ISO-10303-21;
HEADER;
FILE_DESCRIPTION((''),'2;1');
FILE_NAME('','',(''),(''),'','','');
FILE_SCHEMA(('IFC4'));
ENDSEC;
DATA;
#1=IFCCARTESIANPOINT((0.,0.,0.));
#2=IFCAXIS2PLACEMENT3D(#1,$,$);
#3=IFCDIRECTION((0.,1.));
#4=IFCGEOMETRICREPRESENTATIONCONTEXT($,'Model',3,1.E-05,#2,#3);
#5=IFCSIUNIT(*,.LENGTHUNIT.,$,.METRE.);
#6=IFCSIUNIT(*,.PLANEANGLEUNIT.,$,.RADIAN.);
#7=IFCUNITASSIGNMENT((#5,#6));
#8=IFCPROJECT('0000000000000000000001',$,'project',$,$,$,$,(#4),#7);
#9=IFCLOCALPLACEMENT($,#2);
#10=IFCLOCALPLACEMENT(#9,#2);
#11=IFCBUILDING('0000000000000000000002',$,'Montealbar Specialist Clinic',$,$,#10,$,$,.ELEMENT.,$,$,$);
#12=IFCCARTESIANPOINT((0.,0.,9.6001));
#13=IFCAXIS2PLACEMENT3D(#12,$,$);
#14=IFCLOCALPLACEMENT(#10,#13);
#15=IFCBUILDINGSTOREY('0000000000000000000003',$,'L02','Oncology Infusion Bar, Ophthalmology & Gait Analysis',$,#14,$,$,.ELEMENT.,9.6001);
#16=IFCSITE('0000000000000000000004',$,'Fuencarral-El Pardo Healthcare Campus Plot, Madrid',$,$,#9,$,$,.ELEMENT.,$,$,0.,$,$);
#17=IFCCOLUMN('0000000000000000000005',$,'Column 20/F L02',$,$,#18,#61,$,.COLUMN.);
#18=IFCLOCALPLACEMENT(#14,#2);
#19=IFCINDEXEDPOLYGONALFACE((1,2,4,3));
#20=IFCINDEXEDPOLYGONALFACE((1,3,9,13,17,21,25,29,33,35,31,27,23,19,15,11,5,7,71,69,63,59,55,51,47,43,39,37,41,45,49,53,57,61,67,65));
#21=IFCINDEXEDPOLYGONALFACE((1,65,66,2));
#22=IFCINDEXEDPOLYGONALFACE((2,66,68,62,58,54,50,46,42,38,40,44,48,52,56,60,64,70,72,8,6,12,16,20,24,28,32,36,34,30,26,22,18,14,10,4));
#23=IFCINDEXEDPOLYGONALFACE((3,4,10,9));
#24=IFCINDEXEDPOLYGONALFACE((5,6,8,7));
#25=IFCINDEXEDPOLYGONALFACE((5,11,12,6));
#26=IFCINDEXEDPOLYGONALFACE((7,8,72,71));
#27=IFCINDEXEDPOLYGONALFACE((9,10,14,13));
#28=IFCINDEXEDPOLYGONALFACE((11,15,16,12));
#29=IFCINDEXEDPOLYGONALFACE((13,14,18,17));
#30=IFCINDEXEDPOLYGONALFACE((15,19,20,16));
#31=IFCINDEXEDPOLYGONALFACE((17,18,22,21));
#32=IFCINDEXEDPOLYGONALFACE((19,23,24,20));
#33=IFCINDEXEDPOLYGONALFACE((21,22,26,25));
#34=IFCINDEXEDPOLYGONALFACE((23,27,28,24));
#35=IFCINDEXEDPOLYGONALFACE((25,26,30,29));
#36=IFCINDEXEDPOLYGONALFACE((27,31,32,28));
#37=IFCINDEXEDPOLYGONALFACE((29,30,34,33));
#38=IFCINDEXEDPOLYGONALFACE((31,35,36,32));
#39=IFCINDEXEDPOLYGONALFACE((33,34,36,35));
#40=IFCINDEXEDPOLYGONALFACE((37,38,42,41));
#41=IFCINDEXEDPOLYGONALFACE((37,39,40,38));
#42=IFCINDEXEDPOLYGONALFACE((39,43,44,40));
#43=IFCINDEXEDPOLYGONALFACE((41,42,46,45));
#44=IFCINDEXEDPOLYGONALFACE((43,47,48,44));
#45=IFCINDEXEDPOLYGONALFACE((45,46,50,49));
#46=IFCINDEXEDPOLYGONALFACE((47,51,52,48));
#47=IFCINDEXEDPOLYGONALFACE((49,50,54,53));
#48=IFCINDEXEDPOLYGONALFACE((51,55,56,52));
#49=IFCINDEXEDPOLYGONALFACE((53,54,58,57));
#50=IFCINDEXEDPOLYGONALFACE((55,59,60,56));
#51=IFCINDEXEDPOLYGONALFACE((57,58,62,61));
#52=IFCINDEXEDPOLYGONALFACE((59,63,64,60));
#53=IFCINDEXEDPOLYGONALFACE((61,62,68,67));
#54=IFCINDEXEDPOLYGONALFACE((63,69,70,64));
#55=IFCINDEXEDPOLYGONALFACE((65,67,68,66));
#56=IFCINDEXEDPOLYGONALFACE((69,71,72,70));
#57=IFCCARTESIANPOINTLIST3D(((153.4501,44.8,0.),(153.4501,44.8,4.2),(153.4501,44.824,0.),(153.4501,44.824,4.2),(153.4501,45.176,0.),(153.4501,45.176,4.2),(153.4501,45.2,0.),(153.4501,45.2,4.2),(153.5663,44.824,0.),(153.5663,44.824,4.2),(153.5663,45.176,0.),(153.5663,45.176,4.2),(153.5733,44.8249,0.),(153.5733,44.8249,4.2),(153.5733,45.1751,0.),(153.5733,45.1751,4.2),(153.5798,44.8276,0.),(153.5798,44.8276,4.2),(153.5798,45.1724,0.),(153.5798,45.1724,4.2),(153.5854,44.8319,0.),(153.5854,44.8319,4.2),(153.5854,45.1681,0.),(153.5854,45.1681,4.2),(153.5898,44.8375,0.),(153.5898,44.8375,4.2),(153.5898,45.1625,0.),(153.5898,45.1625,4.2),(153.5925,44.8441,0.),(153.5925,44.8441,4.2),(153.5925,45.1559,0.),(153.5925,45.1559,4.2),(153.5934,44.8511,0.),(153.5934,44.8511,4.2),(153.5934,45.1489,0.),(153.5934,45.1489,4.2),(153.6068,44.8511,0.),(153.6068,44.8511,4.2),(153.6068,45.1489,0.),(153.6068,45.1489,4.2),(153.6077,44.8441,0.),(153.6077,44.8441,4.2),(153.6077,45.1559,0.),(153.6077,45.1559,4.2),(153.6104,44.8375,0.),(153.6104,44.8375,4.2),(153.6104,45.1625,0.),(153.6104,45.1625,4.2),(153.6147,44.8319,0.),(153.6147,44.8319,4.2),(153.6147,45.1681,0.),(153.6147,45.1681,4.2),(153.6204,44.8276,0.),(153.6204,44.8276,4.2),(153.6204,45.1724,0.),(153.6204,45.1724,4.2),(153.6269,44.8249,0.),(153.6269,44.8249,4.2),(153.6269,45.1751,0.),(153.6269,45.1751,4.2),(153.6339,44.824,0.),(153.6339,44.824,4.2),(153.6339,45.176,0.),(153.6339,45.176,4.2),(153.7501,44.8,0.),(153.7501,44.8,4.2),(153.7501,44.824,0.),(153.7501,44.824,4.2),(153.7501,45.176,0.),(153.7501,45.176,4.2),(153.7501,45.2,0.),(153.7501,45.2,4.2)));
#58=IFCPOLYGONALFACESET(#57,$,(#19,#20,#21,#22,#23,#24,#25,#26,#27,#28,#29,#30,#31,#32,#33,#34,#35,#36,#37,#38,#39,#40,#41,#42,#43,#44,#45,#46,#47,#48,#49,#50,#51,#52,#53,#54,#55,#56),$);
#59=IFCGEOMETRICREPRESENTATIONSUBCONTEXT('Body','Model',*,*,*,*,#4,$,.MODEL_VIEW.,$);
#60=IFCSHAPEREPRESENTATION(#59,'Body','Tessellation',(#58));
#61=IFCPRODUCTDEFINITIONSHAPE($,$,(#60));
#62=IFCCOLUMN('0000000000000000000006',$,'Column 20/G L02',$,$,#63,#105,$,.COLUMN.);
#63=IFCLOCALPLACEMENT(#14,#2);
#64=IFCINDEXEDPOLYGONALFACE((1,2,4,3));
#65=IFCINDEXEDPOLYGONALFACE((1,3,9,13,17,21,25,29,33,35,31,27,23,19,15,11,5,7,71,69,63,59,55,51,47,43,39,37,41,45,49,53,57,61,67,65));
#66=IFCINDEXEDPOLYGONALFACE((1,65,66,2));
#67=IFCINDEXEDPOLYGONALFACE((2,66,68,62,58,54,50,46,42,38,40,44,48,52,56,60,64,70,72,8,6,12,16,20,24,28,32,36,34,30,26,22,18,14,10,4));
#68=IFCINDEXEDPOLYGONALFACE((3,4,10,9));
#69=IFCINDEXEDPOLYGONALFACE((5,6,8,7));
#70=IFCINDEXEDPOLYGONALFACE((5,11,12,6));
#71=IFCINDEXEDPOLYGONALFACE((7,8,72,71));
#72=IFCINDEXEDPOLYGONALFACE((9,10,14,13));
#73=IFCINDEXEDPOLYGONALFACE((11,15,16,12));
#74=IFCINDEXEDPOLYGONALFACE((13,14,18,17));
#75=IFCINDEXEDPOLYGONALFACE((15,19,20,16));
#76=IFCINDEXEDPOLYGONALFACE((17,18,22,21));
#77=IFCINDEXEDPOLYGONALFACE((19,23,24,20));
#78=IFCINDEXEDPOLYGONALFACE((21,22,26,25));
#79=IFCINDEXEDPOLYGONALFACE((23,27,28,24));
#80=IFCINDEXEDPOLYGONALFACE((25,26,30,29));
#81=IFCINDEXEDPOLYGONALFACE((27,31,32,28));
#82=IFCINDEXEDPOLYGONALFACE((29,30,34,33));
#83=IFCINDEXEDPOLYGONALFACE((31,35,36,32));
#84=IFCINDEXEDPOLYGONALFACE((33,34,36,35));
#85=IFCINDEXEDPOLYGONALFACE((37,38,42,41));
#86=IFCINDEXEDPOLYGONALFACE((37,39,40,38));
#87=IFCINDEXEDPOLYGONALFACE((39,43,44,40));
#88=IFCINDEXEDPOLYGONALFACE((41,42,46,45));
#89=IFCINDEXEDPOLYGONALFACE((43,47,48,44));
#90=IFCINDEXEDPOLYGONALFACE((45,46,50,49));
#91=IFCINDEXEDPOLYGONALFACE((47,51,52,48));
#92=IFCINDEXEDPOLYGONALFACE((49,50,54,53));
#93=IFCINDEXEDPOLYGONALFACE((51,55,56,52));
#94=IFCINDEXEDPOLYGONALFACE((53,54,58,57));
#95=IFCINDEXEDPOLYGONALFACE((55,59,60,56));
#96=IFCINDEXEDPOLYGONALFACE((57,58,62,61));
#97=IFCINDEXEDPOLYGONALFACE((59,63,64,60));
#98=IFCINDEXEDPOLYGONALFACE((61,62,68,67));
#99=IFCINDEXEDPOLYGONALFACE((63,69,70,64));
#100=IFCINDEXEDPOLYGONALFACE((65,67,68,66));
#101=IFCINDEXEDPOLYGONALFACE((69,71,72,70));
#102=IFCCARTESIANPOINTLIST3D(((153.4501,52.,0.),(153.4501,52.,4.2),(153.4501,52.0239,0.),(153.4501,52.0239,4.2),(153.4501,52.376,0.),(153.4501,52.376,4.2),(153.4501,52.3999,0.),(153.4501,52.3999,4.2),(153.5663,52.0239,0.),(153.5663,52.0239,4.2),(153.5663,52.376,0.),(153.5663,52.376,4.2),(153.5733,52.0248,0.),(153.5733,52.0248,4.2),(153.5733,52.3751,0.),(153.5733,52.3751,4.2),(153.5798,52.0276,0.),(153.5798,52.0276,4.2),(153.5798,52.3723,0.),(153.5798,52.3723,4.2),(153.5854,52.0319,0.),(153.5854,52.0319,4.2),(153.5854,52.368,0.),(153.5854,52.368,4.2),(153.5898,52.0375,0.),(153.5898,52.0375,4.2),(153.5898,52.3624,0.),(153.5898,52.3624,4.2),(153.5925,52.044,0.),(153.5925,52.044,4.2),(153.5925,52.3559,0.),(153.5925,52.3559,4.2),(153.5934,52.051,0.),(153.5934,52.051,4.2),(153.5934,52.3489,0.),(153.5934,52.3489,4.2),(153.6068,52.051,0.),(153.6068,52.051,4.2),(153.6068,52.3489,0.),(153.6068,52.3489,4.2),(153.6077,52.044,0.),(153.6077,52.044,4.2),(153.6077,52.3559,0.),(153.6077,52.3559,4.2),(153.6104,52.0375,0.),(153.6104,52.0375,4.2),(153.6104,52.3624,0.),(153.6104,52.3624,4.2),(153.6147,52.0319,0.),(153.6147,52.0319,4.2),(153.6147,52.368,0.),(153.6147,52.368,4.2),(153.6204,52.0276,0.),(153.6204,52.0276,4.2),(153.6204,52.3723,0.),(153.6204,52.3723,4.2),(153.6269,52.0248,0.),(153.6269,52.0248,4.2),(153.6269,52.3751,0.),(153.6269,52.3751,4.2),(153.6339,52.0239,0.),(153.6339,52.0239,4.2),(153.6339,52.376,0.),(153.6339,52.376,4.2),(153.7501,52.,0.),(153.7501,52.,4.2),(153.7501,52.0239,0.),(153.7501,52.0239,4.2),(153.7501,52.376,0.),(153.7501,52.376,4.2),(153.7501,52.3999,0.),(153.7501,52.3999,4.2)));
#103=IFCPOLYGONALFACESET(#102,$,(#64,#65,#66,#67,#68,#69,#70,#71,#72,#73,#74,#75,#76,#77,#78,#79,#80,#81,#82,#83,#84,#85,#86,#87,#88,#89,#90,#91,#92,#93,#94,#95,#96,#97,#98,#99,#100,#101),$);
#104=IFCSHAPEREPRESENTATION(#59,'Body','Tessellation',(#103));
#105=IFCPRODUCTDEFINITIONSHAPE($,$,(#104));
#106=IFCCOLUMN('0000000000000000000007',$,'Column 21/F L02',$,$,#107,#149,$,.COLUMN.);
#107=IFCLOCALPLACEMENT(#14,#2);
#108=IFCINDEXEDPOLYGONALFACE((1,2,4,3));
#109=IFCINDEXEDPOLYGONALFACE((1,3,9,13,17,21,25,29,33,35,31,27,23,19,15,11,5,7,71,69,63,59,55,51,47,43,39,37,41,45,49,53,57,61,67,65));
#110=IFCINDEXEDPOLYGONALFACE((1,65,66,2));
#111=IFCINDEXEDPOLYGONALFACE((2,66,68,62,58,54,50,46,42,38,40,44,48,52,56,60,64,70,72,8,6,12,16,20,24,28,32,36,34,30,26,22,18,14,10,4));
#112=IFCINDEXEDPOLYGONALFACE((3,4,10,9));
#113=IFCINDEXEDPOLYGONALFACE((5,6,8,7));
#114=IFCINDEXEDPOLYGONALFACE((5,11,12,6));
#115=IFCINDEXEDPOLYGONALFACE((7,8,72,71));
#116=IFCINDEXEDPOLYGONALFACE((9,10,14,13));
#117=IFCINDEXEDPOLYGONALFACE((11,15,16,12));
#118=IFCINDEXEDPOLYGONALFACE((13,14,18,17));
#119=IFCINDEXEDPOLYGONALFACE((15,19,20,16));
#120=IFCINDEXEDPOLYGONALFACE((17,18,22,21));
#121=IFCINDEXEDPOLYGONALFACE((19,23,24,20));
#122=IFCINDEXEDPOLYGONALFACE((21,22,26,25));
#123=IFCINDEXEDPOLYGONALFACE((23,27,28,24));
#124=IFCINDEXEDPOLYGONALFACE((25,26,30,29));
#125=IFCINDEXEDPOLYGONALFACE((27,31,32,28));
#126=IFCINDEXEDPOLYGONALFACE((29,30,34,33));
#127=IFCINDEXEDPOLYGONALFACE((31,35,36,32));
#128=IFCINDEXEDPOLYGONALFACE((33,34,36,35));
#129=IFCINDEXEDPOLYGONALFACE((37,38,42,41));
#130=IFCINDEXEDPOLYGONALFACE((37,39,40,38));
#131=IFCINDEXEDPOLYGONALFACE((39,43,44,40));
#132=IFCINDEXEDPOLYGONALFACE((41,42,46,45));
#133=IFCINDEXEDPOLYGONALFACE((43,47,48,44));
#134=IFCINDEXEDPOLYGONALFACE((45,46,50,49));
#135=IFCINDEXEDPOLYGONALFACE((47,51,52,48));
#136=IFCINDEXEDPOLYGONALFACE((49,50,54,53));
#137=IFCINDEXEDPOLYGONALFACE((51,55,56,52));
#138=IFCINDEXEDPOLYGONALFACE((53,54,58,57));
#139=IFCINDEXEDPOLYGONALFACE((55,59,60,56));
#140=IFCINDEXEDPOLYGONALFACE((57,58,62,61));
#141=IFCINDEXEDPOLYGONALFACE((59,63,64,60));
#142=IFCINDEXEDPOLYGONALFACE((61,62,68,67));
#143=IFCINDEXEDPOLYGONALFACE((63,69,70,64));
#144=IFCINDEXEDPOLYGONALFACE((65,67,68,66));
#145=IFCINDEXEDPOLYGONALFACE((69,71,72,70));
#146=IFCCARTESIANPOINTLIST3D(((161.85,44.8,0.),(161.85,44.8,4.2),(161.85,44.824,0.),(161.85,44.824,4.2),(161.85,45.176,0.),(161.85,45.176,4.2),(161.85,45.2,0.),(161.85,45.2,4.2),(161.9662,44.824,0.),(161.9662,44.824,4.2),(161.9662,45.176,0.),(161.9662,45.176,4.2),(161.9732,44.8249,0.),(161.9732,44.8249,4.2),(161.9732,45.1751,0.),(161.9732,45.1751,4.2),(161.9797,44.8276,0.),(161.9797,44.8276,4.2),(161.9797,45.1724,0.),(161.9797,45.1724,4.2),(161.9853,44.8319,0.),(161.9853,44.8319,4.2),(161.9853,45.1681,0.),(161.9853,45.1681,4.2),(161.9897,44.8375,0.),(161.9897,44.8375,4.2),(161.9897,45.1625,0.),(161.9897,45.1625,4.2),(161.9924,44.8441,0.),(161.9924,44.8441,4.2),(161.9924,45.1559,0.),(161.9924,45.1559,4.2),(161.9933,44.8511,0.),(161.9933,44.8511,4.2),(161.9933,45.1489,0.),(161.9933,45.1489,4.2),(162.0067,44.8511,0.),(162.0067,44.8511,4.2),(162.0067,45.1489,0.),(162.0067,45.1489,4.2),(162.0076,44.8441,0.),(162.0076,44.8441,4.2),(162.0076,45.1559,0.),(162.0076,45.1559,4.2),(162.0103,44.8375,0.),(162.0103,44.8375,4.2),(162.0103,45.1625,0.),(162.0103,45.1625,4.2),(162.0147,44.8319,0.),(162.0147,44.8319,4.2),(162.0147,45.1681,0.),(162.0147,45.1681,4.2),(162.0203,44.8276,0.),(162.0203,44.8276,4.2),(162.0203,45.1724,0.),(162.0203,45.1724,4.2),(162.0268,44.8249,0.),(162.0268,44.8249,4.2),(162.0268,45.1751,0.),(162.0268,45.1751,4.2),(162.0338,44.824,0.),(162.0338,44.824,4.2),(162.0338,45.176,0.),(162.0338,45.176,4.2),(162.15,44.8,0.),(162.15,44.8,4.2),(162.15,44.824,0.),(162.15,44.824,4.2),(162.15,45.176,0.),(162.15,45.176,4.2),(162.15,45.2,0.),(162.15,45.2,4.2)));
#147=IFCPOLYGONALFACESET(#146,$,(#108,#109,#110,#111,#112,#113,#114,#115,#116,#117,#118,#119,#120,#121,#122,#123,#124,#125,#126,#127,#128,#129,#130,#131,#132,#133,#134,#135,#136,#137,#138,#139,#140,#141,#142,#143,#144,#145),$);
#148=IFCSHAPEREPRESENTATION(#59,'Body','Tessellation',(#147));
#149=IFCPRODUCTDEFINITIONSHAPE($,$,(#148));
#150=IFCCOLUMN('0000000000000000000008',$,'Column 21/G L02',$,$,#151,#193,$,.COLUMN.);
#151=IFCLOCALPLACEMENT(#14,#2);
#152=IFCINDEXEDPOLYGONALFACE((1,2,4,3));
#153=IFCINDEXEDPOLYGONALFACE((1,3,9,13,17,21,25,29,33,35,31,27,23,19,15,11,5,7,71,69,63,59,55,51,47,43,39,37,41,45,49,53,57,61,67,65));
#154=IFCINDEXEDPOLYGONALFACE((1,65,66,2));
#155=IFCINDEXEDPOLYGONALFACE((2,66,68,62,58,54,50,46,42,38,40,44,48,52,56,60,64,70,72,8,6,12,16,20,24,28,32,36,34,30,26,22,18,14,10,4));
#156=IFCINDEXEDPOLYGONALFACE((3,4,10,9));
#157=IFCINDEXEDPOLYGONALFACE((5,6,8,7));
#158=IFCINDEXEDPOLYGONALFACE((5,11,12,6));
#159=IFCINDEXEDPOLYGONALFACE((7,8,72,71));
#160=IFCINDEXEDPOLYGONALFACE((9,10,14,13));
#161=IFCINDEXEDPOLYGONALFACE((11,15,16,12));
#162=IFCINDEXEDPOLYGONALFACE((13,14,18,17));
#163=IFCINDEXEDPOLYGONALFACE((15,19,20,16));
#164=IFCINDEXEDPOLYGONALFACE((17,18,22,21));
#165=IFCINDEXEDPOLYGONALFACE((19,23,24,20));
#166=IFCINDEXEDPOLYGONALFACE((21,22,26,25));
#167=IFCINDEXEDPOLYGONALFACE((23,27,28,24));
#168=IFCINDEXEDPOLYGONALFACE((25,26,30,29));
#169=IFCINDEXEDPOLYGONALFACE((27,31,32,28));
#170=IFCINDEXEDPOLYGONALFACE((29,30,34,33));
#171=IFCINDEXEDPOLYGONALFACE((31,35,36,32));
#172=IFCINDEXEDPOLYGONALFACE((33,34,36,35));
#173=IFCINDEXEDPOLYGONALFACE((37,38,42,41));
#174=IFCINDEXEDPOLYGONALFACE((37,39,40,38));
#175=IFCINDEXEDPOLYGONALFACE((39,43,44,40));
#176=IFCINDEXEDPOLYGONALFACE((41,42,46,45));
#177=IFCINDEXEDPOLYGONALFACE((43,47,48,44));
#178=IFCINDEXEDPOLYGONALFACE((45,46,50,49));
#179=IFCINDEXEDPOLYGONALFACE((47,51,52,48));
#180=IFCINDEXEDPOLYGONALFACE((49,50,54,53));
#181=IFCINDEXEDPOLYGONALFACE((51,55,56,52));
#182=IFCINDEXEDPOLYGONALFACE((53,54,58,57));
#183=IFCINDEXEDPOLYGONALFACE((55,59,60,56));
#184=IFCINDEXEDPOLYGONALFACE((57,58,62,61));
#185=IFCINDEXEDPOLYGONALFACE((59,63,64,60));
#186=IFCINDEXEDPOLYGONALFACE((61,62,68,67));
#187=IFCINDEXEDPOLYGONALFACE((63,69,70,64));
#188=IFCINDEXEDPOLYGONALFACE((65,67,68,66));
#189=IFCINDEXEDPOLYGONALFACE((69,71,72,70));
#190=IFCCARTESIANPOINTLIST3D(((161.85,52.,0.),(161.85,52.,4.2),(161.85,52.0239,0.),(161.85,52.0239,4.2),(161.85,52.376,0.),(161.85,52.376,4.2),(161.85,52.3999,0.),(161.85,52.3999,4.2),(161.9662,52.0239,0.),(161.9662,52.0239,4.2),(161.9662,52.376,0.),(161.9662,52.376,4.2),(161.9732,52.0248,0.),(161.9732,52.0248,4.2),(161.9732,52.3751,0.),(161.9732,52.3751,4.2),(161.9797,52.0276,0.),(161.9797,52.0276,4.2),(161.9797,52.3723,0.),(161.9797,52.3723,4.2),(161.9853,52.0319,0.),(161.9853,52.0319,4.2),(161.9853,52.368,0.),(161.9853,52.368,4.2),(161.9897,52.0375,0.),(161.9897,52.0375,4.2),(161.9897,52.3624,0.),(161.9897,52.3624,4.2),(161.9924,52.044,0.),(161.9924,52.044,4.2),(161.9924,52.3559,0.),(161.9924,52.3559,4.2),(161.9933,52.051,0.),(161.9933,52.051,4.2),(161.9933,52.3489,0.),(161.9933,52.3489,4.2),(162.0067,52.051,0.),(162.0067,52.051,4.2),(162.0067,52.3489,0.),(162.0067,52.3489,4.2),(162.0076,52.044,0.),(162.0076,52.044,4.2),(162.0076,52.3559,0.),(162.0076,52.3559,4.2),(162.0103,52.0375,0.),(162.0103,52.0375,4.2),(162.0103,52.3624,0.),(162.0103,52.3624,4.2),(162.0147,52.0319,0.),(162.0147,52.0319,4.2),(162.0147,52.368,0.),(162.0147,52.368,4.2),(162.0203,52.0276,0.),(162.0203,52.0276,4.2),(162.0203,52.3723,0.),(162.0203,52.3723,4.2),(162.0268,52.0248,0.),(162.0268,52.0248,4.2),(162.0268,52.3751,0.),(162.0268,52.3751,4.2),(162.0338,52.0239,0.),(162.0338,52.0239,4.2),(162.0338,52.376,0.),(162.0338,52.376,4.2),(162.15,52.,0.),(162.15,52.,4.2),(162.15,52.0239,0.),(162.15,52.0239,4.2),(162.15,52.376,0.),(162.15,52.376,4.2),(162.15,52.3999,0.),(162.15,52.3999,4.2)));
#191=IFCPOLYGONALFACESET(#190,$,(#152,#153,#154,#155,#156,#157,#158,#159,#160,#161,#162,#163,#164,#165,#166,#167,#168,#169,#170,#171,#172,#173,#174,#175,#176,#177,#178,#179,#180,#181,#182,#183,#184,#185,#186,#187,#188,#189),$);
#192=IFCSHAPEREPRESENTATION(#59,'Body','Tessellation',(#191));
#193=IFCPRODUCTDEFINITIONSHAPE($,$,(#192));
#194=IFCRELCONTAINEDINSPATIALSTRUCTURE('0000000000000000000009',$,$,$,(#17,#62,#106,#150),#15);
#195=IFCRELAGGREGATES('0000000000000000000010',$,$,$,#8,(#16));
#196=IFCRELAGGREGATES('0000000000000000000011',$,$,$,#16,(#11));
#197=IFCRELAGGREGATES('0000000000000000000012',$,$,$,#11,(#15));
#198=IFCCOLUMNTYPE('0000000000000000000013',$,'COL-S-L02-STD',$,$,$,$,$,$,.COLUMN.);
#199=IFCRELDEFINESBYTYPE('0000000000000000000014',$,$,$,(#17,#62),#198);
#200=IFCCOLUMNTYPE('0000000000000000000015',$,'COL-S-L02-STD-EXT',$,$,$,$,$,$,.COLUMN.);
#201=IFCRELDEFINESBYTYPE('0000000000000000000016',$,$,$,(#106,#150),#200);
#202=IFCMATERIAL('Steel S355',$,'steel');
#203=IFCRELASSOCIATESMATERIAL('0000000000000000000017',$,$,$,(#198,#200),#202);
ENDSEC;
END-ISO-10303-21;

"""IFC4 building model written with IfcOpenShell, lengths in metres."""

from ifc_helpers import new_model, si_unit, direction, frame, origin, origin_2d, place, context, subcontext, project, spatial, i_section, extrude, material, material_profile, profile_set, type_object, element, save


model = new_model("IFC4")

# Units and contexts
model_context = context("Model", 3, precision=1e-05, world=origin(), true_north=direction((0.0, 1.0)))
body_context = subcontext(model_context, "Body", "Model", "MODEL_VIEW")
ifc_project = project(units=[si_unit("LENGTHUNIT", "METRE"), si_unit("PLANEANGLEUNIT", "RADIAN")], contexts=[model_context])

# Site, building, storey
site_placement = place(None, origin())
site = spatial("IfcSite", under=ifc_project, at=site_placement, Name="Fuencarral-El Pardo Healthcare Campus Plot, Madrid", CompositionType="ELEMENT", RefElevation=0.0)
building_placement = place(site_placement, origin())
building = spatial("IfcBuilding", under=site, at=building_placement, Name="Montealbar Specialist Clinic", CompositionType="ELEMENT")
storey_placement = place(building_placement, frame((0.0, 0.0, 9.6001)))
storey = spatial("IfcBuildingStorey", under=building, at=storey_placement, Name="L02", Description="Oncology Infusion Bar, Ophthalmology & Gait Analysis", CompositionType="ELEMENT", Elevation=9.6001)

# Columns
ifc_material_1 = material(Name="Steel S355", Category="steel")
ifc_material_profile_1 = material_profile(ifc_material_1, i_section(OverallWidth=0.3, OverallDepth=0.3999, WebThickness=0.0134, FlangeThickness=0.0239, FilletRadius=0.0271, at=origin_2d()), Name="HEB 400", Category="steel")
ifc_profile_set_1 = profile_set([ifc_material_profile_1], Name="Steel S355")
column_type_1 = type_object("IfcColumnType", Name="COL-S-L02-STD", PredefinedType="COLUMN", material=ifc_profile_set_1)
for number, where, z_axis, x_axis, name in (
    (1, (153.6001, 45.0, 0.0), (0.0, 0.0, 1.0), (1.0, 0.0, 0.0), "Column 20/F L02"),
    (2, (153.6001, 52.2, 0.0), (0.0, 0.0, 1.0), (1.0, 0.0, 0.0), "Column 20/G L02"),
):
    element("IfcColumn", number, at=place(storey_placement, frame(where, z_axis=z_axis, x_axis=x_axis)), inside=storey, type_object=column_type_1, Name=name, PredefinedType="COLUMN", context=body_context, shape_type="SweptSolid", body=[
        extrude(i_section(OverallWidth=0.3, OverallDepth=0.3999, WebThickness=0.0134, FlangeThickness=0.0239, FilletRadius=0.0271, at=origin_2d()), origin(), (0.0, 0.0, 1.0), 4.2),
    ])
ifc_material_profile_2 = material_profile(ifc_material_1, i_section(OverallWidth=0.3, OverallDepth=0.3999, WebThickness=0.0134, FlangeThickness=0.0239, FilletRadius=0.0271, at=origin_2d()), Name="HEB 400", Category="steel")
ifc_profile_set_2 = profile_set([ifc_material_profile_2], Name="Steel S355")
column_type_2 = type_object("IfcColumnType", Name="COL-S-L02-STD-EXT", PredefinedType="COLUMN", material=ifc_profile_set_2)
for number, where, z_axis, x_axis, name in (
    (3, (162.0, 45.0, 0.0), (0.0, 0.0, 1.0), (1.0, 0.0, 0.0), "Column 21/F L02"),
    (4, (162.0, 52.2, 0.0), (0.0, 0.0, 1.0), (1.0, 0.0, 0.0), "Column 21/G L02"),
):
    element("IfcColumn", number, at=place(storey_placement, frame(where, z_axis=z_axis, x_axis=x_axis)), inside=storey, type_object=column_type_2, Name=name, PredefinedType="COLUMN", context=body_context, shape_type="SweptSolid", body=[
        extrude(i_section(OverallWidth=0.3, OverallDepth=0.3999, WebThickness=0.0134, FlangeThickness=0.0239, FilletRadius=0.0271, at=origin_2d()), origin(), (0.0, 0.0, 1.0), 4.2),
    ])

save(model, "model.ifc")
